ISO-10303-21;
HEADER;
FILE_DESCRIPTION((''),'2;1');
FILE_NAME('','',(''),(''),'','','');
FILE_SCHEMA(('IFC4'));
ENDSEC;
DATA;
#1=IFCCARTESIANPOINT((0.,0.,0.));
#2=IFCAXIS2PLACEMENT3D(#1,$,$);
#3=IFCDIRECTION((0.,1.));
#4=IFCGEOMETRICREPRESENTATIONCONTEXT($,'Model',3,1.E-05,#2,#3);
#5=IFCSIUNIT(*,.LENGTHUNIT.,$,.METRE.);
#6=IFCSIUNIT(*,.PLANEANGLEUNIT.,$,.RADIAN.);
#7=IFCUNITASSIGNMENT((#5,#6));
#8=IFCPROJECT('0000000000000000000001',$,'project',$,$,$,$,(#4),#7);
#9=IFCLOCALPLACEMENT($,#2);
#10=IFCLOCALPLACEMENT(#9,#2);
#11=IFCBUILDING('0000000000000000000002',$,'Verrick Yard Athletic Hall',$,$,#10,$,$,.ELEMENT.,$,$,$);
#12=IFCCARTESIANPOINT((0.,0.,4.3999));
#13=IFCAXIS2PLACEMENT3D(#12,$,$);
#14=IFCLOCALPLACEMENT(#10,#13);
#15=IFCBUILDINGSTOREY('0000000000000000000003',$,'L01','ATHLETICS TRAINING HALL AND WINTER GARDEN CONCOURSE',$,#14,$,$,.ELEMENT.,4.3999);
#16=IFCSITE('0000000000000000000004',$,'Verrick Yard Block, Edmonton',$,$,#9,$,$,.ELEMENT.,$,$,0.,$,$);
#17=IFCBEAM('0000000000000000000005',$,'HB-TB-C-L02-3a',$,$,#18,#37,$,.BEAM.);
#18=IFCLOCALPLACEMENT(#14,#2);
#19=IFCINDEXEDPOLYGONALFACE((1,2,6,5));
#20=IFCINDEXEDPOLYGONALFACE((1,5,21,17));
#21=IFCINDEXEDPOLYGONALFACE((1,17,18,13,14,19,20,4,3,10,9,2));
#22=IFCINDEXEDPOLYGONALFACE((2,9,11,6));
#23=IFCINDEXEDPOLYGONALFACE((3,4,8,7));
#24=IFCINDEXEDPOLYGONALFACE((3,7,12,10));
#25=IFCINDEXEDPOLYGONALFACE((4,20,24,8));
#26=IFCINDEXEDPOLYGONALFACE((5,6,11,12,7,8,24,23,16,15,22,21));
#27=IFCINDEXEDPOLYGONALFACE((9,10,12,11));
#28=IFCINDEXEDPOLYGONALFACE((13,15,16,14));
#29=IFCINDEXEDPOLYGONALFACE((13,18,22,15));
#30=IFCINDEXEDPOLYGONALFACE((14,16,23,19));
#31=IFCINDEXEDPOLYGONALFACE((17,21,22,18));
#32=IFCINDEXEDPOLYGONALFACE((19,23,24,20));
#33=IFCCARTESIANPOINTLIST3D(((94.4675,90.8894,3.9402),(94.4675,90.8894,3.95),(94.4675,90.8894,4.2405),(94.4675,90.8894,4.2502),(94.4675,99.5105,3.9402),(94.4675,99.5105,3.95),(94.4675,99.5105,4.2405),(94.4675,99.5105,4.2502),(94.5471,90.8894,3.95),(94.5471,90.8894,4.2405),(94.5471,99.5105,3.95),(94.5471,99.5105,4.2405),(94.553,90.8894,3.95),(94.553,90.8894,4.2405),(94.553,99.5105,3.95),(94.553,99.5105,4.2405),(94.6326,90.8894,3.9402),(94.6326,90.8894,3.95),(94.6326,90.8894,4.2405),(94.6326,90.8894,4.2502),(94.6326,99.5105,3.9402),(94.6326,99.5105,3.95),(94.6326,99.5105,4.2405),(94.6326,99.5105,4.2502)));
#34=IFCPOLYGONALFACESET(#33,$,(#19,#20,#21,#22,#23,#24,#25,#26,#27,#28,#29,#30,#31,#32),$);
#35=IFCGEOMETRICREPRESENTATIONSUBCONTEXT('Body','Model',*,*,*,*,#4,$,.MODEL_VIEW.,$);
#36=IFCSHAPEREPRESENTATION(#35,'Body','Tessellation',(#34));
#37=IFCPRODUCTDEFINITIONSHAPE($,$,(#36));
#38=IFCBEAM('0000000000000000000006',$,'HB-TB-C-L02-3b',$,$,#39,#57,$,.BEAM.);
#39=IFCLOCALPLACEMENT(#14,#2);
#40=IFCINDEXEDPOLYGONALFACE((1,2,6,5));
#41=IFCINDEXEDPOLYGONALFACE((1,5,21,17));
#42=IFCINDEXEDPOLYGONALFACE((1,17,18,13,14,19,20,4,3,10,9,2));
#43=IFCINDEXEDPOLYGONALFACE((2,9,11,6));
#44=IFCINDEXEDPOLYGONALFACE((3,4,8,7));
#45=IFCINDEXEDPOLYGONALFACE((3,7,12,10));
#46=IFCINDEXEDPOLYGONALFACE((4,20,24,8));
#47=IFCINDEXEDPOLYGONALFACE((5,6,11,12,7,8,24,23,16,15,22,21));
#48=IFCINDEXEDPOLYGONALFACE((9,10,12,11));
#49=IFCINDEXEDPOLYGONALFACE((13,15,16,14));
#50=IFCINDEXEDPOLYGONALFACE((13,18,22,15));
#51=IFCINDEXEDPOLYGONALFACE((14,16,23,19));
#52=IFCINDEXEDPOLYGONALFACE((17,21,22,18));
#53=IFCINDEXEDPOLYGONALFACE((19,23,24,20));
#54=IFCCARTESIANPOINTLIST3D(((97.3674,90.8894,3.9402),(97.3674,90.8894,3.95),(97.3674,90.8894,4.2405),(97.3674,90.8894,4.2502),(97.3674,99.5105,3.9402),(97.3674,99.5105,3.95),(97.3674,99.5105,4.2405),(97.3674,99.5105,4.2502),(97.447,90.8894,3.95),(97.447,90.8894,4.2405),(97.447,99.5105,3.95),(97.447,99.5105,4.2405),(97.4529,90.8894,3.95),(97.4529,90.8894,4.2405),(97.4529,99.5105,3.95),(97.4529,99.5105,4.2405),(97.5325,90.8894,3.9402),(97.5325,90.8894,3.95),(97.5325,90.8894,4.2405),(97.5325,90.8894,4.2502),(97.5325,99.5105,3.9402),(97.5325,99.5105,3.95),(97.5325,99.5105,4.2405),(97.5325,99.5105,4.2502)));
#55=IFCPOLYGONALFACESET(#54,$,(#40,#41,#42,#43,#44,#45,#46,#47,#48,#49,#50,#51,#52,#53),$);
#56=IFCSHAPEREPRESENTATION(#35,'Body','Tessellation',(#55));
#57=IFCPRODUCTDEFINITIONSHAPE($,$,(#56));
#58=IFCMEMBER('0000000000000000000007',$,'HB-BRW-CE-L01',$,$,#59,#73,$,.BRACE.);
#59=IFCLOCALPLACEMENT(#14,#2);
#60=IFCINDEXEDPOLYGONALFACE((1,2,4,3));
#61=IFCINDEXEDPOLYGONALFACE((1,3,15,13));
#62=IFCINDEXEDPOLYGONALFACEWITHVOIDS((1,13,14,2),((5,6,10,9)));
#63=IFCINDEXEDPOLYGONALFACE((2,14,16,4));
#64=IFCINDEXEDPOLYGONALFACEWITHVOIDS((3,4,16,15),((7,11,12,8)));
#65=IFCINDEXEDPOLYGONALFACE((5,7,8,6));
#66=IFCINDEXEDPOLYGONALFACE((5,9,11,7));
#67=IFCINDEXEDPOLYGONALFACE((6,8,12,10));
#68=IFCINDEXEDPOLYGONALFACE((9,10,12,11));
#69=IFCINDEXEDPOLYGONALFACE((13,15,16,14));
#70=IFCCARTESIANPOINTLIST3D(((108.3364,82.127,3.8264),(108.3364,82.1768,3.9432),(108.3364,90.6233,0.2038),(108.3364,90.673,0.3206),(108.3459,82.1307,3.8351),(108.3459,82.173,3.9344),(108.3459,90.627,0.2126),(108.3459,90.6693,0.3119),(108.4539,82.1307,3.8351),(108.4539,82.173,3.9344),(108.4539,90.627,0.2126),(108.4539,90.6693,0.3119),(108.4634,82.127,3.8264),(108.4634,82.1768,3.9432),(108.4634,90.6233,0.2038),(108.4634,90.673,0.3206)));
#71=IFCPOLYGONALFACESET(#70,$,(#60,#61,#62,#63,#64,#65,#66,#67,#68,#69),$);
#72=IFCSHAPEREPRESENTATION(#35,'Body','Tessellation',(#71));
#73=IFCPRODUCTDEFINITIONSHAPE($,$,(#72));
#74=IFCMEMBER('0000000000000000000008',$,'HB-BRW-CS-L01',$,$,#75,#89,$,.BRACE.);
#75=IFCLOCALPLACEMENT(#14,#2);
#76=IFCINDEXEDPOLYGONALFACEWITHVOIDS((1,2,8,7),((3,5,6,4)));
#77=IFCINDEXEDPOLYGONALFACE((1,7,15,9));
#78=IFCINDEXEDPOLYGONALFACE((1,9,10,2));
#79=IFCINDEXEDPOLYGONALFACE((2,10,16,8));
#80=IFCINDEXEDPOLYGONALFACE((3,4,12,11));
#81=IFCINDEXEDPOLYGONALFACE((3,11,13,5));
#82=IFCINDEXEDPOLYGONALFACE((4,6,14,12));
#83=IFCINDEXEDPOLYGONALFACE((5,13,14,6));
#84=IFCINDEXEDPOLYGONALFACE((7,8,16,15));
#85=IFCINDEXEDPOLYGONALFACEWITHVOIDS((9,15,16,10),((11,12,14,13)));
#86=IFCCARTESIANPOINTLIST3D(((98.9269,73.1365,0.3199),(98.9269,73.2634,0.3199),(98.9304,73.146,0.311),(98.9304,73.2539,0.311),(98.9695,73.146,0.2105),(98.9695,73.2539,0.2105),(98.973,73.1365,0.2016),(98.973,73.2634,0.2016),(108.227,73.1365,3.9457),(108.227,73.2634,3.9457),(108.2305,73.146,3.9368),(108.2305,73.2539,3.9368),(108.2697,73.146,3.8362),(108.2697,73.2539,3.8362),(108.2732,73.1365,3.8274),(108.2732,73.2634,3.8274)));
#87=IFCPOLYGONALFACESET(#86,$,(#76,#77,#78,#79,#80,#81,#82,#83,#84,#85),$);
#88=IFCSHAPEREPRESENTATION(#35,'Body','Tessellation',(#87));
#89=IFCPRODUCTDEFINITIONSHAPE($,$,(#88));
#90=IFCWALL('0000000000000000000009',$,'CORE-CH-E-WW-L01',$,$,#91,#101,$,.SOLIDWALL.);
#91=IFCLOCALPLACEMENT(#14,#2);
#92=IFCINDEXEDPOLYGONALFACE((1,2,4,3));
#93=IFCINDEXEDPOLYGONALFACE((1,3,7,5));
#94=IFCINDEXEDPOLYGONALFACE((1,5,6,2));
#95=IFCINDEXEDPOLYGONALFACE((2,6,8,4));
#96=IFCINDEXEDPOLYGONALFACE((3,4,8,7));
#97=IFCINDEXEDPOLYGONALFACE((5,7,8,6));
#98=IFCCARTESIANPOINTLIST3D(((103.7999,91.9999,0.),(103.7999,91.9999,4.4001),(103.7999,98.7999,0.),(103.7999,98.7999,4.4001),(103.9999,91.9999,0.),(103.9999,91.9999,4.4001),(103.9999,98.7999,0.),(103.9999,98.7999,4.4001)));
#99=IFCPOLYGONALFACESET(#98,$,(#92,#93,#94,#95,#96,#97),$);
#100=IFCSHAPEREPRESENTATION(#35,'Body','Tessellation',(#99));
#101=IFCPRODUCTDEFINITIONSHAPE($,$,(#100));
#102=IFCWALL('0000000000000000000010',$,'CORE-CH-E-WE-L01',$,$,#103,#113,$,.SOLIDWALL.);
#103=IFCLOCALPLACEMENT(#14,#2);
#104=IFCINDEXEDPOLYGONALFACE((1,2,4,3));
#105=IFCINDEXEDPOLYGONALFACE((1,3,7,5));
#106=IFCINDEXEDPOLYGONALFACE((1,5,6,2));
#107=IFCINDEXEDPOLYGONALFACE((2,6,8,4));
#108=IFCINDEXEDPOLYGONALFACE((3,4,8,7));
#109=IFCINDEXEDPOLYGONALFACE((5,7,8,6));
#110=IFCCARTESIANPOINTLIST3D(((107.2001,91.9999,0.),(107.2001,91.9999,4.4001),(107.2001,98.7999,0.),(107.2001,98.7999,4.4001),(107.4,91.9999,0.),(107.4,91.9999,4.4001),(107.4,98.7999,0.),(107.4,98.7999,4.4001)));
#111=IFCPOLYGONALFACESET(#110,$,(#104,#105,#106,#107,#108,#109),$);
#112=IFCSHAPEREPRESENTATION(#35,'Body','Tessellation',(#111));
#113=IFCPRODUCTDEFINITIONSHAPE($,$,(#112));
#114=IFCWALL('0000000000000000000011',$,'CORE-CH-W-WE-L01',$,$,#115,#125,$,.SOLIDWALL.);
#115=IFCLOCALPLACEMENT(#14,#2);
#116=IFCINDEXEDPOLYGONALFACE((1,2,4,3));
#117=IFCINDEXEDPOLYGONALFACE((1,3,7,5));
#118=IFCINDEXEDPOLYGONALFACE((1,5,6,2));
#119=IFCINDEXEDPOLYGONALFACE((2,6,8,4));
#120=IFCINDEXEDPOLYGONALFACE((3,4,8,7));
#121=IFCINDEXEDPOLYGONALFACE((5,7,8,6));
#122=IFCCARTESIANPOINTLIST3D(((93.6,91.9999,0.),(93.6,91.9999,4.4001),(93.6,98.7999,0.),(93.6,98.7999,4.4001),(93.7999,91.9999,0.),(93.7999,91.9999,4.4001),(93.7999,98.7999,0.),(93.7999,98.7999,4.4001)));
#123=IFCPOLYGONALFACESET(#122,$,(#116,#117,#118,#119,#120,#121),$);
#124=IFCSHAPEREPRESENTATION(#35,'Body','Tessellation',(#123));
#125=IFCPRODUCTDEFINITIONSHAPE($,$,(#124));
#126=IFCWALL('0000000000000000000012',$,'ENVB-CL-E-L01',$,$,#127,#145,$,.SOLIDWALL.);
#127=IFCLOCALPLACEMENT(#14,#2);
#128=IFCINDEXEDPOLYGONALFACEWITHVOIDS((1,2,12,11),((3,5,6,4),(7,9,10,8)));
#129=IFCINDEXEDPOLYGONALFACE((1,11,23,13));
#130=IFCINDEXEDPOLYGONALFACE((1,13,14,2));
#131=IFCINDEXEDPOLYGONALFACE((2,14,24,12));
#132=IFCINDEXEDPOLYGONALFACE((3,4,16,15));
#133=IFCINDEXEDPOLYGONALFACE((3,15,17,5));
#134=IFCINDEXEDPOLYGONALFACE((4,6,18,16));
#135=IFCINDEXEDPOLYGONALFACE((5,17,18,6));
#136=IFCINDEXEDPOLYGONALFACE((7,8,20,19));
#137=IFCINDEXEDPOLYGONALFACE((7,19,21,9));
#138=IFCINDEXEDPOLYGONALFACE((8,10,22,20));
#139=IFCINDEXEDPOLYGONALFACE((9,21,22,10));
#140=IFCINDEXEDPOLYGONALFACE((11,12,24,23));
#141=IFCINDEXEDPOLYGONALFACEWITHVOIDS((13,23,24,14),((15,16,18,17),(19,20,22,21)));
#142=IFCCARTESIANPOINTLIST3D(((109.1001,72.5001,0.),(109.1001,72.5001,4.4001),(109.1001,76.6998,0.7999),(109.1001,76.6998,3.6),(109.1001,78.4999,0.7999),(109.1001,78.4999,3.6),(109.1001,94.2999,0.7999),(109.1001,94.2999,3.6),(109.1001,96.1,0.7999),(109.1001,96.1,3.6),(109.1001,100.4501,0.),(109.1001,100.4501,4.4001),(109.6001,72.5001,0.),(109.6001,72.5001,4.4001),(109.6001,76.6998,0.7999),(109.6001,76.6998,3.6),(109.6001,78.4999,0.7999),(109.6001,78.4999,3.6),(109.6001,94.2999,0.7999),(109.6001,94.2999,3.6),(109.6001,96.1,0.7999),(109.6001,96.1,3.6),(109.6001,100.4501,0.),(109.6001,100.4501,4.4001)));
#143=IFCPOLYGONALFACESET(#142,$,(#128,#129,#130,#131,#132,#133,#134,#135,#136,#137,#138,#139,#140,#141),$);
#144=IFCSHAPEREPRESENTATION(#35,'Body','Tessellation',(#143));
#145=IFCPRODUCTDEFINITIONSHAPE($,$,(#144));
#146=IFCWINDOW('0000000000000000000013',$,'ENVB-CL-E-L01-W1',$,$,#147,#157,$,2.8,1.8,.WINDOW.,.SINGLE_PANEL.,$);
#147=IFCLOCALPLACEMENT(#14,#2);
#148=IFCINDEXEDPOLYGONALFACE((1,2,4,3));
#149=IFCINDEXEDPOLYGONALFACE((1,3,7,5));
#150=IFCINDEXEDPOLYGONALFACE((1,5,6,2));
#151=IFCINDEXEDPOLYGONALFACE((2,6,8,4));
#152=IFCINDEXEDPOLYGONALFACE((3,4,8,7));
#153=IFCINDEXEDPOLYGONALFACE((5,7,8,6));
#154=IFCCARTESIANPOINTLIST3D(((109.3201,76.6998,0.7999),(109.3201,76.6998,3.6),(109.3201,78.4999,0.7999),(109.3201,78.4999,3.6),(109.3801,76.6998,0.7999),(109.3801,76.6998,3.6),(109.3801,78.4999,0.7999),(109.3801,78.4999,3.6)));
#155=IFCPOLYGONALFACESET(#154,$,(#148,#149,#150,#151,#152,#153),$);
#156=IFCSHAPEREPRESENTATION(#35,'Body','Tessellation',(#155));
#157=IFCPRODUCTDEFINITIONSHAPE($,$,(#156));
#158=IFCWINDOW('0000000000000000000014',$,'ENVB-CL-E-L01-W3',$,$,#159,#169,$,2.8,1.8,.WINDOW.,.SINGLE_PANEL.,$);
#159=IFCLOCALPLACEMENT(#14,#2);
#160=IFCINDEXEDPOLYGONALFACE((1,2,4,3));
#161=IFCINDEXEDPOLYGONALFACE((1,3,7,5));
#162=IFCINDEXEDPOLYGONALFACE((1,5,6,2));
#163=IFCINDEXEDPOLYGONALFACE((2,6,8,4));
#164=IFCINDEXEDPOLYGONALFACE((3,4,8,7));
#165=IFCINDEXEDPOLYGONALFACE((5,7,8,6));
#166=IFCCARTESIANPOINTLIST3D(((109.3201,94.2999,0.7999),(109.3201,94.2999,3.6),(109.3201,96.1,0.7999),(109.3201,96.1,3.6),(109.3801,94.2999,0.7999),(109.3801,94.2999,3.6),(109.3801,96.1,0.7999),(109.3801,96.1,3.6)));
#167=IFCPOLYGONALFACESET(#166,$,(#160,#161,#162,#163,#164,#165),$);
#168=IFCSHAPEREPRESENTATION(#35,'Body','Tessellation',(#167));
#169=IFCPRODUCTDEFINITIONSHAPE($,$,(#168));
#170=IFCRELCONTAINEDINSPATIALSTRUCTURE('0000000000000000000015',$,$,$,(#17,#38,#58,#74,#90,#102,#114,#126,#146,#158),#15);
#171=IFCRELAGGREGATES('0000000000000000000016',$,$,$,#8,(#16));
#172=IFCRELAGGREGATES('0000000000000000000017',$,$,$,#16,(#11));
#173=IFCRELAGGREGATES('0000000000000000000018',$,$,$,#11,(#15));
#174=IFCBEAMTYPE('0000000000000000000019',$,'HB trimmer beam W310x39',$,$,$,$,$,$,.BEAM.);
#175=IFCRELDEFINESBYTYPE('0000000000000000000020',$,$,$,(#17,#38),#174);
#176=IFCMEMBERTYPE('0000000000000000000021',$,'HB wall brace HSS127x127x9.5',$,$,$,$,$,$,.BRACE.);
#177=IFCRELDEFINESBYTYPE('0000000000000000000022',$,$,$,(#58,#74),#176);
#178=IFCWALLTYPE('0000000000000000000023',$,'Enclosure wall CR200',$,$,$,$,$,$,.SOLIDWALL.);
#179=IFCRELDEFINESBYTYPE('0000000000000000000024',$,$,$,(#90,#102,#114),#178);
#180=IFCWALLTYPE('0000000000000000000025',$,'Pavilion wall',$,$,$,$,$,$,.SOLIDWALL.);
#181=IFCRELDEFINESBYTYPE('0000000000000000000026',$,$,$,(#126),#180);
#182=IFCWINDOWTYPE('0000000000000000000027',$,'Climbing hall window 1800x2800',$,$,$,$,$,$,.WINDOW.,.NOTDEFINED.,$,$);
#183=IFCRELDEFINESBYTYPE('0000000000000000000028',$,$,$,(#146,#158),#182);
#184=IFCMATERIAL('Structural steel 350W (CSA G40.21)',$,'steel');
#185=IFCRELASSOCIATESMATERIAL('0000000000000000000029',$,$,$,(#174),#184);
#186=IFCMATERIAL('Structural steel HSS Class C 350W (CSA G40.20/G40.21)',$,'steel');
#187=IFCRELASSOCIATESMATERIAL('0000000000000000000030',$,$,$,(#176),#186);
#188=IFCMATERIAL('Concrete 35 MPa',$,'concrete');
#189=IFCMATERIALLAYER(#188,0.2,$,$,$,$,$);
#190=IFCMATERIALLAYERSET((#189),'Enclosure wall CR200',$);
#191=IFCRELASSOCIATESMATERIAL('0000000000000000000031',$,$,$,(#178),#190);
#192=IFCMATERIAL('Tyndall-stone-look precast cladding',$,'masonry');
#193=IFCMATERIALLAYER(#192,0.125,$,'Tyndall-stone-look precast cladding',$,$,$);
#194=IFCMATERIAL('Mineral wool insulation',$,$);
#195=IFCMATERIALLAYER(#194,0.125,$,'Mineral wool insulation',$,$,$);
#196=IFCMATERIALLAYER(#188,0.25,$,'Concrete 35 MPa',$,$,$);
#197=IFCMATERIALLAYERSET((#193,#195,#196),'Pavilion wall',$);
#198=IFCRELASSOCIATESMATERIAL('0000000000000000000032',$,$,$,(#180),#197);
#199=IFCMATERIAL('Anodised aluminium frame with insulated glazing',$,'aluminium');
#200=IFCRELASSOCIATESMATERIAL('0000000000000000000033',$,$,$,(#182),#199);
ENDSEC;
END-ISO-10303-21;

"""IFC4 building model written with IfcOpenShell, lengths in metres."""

from ifc_helpers import new_model, si_unit, direction, frame, frame_2d, origin, origin_2d, place, context, subcontext, project, spatial, rectangle, hollow_rectangle, i_section, extrude, material, layer, layer_set, material_profile, profile_set, type_object, element, fill, save


model = new_model("IFC4")

# Units and contexts
model_context = context("Model", 3, precision=1e-05, world=origin(), true_north=direction((0.0, 1.0)))
body_context = subcontext(model_context, "Body", "Model", "MODEL_VIEW")
ifc_project = project(units=[si_unit("LENGTHUNIT", "METRE"), si_unit("PLANEANGLEUNIT", "RADIAN")], contexts=[model_context])

# Site, building, storey
site_placement = place(None, origin())
site = spatial("IfcSite", under=ifc_project, at=site_placement, Name="Verrick Yard Block, Edmonton", CompositionType="ELEMENT", RefElevation=0.0)
building_placement = place(site_placement, origin())
building = spatial("IfcBuilding", under=site, at=building_placement, Name="Verrick Yard Athletic Hall", CompositionType="ELEMENT")
storey_placement = place(building_placement, frame((0.0, 0.0, 4.3999)))
storey = spatial("IfcBuildingStorey", under=building, at=storey_placement, Name="L01", Description="ATHLETICS TRAINING HALL AND WINTER GARDEN CONCOURSE", CompositionType="ELEMENT", Elevation=4.3999)

# Shared definitions
ifc_material_1 = material(Name="Structural steel HSS Class C 350W (CSA G40.20/G40.21)", Category="steel")

# Beams
ifc_material_2 = material(Name="Structural steel 350W (CSA G40.21)", Category="steel")
ifc_material_profile_1 = material_profile(ifc_material_2, i_section(OverallWidth=0.165, OverallDepth=0.3101, WebThickness=0.0059, FlangeThickness=0.0098, at=origin_2d()), Name="W310x39")
ifc_profile_set_1 = profile_set([ifc_material_profile_1], Name="Structural steel 350W (CSA G40.21)")
beam_type_1 = type_object("IfcBeamType", Name="HB trimmer beam W310x39", PredefinedType="BEAM", material=ifc_profile_set_1)
for number, where, z_axis, x_axis, name in (
    (1, (94.55, 90.8894, 4.0952), (0.0, 1.0, 0.0), (-1.0, 0.0, 0.0), "HB-TB-C-L02-3a"),
    (2, (97.45, 90.8894, 4.0952), (0.0, 1.0, 0.0), (-1.0, 0.0, 0.0), "HB-TB-C-L02-3b"),
):
    element("IfcBeam", number, at=place(storey_placement, frame(where, z_axis=z_axis, x_axis=x_axis)), inside=storey, type_object=beam_type_1, Name=name, PredefinedType="BEAM", context=body_context, shape_type="SweptSolid", body=[
        extrude(i_section(OverallWidth=0.165, OverallDepth=0.3101, WebThickness=0.0059, FlangeThickness=0.0098, at=origin_2d()), origin(), (0.0, 0.0, 1.0), 8.6211),
    ])

# Members
ifc_material_profile_2 = material_profile(ifc_material_1, hollow_rectangle(XDim=0.127, YDim=0.127, WallThickness=0.0095, at=origin_2d()), Name="HSS127x127x9.5")
ifc_profile_set_2 = profile_set([ifc_material_profile_2], Name="Structural steel HSS Class C 350W (CSA G40.20/G40.21)")
member_type = type_object("IfcMemberType", Name="HB wall brace HSS127x127x9.5", PredefinedType="BRACE", material=ifc_profile_set_2)
member_1_placement = place(storey_placement, frame((108.3999, 82.1519, 3.8848), z_axis=(0.0, 0.919878, -0.392206), x_axis=(-1.0, 0.0, 0.0)))
element("IfcMember", 3, at=member_1_placement, inside=storey, type_object=member_type, Name="HB-BRW-CE-L01", PredefinedType="BRACE", context=body_context, shape_type="SweptSolid", body=[
    extrude(hollow_rectangle(XDim=0.127, YDim=0.127, WallThickness=0.0095, at=origin_2d()), origin(), (0.0, 0.0, 1.0), 9.2363),
])
member_2_placement = place(storey_placement, frame((98.95, 73.2, 0.2607), z_axis=(0.931698, 0.0, 0.363233), x_axis=(0.0, 1.0, 0.0)))
element("IfcMember", 4, at=member_2_placement, inside=storey, type_object=member_type, Name="HB-BRW-CS-L01", PredefinedType="BRACE", context=body_context, shape_type="SweptSolid", body=[
    extrude(hollow_rectangle(XDim=0.127, YDim=0.127, WallThickness=0.0095, at=origin_2d()), origin(), (0.0, 0.0, 1.0), 9.9819),
])

# Walls
ifc_material_3 = material(Name="Concrete 35 MPa", Category="concrete")
ifc_layer_1 = layer(ifc_material_3, 0.2)
ifc_layer_set_1 = layer_set([ifc_layer_1], Name="Enclosure wall CR200")
wall_type_1 = type_object("IfcWallType", Name="Enclosure wall CR200", PredefinedType="SOLIDWALL", material=ifc_layer_set_1)
for number, where, z_axis, x_axis, name in (
    (5, (103.8999, 92.0, 0.0), (0.0, 0.0, 1.0), (0.0, 1.0, 0.0), "CORE-CH-E-WW-L01"),
    (6, (107.3, 92.0, 0.0), (0.0, 0.0, 1.0), (0.0, 1.0, 0.0), "CORE-CH-E-WE-L01"),
    (7, (93.7, 92.0, 0.0), (0.0, 0.0, 1.0), (0.0, 1.0, 0.0), "CORE-CH-W-WE-L01"),
):
    element("IfcWall", number, at=place(storey_placement, frame(where, z_axis=z_axis, x_axis=x_axis)), inside=storey, type_object=wall_type_1, Name=name, PredefinedType="SOLIDWALL", context=body_context, shape_type="SweptSolid", body=[
        extrude(rectangle(XDim=6.8, YDim=0.2, at=frame_2d((3.3999, 0.0))), origin(), (0.0, 0.0, 1.0), 4.4001),
    ])

# Wall, openings, windows
ifc_material_4 = material(Name="Tyndall-stone-look precast cladding", Category="masonry")
ifc_layer_2 = layer(ifc_material_4, 0.125, Name="Tyndall-stone-look precast cladding")
ifc_material_5 = material(Name="Mineral wool insulation")
ifc_layer_3 = layer(ifc_material_5, 0.125, Name="Mineral wool insulation")
ifc_layer_4 = layer(ifc_material_3, 0.25, Name="Concrete 35 MPa")
ifc_layer_set_2 = layer_set([ifc_layer_2, ifc_layer_3, ifc_layer_4], Name="Pavilion wall")
wall_type_2 = type_object("IfcWallType", Name="Pavilion wall", PredefinedType="SOLIDWALL", material=ifc_layer_set_2)
wall_placement = place(storey_placement, frame((109.3501, 72.5, 0.0), z_axis=(0.0, 0.0, 1.0), x_axis=(0.0, 1.0, 0.0)))
wall = element("IfcWall", 8, at=wall_placement, inside=storey, type_object=wall_type_2, Name="ENVB-CL-E-L01", PredefinedType="SOLIDWALL", context=body_context, shape_type="SweptSolid", body=[
    extrude(rectangle(XDim=27.95, YDim=0.5, at=frame_2d((13.9751, 0.0))), origin(), (0.0, 0.0, 1.0), 4.4001),
])
opening_1_placement = place(wall_placement, frame((4.2, 0.0, 0.8)))
opening_1 = element("IfcOpeningElement", 9, at=opening_1_placement, cuts=wall, PredefinedType="OPENING", context=body_context, shape_type="SweptSolid", body=[
    extrude(rectangle(XDim=1.8, YDim=2.8, at=frame_2d((0.8999, 1.3999))), frame((0.0, 0.26, 0.0), z_axis=(0.0, -1.0, 0.0), x_axis=(1.0, 0.0, 0.0)), (0.0, 0.0, 1.0), 0.52),
])
opening_2_placement = place(wall_placement, frame((21.8, 0.0, 0.8)))
opening_2 = element("IfcOpeningElement", 10, at=opening_2_placement, cuts=wall, PredefinedType="OPENING", context=body_context, shape_type="SweptSolid", body=[
    extrude(rectangle(XDim=1.8, YDim=2.8, at=frame_2d((0.8999, 1.3999))), frame((0.0, 0.26, 0.0), z_axis=(0.0, -1.0, 0.0), x_axis=(1.0, 0.0, 0.0)), (0.0, 0.0, 1.0), 0.52),
])
ifc_material_6 = material(Name="Anodised aluminium frame with insulated glazing", Category="aluminium")
window_type = type_object("IfcWindowType", Name="Climbing hall window 1800x2800", PartitioningType="NOTDEFINED", PredefinedType="WINDOW", material=ifc_material_6)
window_1_placement = place(opening_1_placement, origin())
window_1 = element("IfcWindow", 11, at=window_1_placement, inside=storey, type_object=window_type, Name="ENVB-CL-E-L01-W1", OverallHeight=2.8, OverallWidth=1.8, PartitioningType="SINGLE_PANEL", PredefinedType="WINDOW", context=body_context, shape_type="SweptSolid", body=[
    extrude(rectangle(XDim=1.8, YDim=2.8, at=frame_2d((0.8999, 1.3999))), frame((0.0, 0.03, 0.0), z_axis=(0.0, -1.0, 0.0), x_axis=(1.0, 0.0, 0.0)), (0.0, 0.0, 1.0), 0.0601),
])
fill(opening_1, window_1)
window_2_placement = place(opening_2_placement, origin())
window_2 = element("IfcWindow", 12, at=window_2_placement, inside=storey, type_object=window_type, Name="ENVB-CL-E-L01-W3", OverallHeight=2.8, OverallWidth=1.8, PartitioningType="SINGLE_PANEL", PredefinedType="WINDOW", context=body_context, shape_type="SweptSolid", body=[
    extrude(rectangle(XDim=1.8, YDim=2.8, at=frame_2d((0.8999, 1.3999))), frame((0.0, 0.03, 0.0), z_axis=(0.0, -1.0, 0.0), x_axis=(1.0, 0.0, 0.0)), (0.0, 0.0, 1.0), 0.0601),
])
fill(opening_2, window_2)

save(model, "model.ifc")
